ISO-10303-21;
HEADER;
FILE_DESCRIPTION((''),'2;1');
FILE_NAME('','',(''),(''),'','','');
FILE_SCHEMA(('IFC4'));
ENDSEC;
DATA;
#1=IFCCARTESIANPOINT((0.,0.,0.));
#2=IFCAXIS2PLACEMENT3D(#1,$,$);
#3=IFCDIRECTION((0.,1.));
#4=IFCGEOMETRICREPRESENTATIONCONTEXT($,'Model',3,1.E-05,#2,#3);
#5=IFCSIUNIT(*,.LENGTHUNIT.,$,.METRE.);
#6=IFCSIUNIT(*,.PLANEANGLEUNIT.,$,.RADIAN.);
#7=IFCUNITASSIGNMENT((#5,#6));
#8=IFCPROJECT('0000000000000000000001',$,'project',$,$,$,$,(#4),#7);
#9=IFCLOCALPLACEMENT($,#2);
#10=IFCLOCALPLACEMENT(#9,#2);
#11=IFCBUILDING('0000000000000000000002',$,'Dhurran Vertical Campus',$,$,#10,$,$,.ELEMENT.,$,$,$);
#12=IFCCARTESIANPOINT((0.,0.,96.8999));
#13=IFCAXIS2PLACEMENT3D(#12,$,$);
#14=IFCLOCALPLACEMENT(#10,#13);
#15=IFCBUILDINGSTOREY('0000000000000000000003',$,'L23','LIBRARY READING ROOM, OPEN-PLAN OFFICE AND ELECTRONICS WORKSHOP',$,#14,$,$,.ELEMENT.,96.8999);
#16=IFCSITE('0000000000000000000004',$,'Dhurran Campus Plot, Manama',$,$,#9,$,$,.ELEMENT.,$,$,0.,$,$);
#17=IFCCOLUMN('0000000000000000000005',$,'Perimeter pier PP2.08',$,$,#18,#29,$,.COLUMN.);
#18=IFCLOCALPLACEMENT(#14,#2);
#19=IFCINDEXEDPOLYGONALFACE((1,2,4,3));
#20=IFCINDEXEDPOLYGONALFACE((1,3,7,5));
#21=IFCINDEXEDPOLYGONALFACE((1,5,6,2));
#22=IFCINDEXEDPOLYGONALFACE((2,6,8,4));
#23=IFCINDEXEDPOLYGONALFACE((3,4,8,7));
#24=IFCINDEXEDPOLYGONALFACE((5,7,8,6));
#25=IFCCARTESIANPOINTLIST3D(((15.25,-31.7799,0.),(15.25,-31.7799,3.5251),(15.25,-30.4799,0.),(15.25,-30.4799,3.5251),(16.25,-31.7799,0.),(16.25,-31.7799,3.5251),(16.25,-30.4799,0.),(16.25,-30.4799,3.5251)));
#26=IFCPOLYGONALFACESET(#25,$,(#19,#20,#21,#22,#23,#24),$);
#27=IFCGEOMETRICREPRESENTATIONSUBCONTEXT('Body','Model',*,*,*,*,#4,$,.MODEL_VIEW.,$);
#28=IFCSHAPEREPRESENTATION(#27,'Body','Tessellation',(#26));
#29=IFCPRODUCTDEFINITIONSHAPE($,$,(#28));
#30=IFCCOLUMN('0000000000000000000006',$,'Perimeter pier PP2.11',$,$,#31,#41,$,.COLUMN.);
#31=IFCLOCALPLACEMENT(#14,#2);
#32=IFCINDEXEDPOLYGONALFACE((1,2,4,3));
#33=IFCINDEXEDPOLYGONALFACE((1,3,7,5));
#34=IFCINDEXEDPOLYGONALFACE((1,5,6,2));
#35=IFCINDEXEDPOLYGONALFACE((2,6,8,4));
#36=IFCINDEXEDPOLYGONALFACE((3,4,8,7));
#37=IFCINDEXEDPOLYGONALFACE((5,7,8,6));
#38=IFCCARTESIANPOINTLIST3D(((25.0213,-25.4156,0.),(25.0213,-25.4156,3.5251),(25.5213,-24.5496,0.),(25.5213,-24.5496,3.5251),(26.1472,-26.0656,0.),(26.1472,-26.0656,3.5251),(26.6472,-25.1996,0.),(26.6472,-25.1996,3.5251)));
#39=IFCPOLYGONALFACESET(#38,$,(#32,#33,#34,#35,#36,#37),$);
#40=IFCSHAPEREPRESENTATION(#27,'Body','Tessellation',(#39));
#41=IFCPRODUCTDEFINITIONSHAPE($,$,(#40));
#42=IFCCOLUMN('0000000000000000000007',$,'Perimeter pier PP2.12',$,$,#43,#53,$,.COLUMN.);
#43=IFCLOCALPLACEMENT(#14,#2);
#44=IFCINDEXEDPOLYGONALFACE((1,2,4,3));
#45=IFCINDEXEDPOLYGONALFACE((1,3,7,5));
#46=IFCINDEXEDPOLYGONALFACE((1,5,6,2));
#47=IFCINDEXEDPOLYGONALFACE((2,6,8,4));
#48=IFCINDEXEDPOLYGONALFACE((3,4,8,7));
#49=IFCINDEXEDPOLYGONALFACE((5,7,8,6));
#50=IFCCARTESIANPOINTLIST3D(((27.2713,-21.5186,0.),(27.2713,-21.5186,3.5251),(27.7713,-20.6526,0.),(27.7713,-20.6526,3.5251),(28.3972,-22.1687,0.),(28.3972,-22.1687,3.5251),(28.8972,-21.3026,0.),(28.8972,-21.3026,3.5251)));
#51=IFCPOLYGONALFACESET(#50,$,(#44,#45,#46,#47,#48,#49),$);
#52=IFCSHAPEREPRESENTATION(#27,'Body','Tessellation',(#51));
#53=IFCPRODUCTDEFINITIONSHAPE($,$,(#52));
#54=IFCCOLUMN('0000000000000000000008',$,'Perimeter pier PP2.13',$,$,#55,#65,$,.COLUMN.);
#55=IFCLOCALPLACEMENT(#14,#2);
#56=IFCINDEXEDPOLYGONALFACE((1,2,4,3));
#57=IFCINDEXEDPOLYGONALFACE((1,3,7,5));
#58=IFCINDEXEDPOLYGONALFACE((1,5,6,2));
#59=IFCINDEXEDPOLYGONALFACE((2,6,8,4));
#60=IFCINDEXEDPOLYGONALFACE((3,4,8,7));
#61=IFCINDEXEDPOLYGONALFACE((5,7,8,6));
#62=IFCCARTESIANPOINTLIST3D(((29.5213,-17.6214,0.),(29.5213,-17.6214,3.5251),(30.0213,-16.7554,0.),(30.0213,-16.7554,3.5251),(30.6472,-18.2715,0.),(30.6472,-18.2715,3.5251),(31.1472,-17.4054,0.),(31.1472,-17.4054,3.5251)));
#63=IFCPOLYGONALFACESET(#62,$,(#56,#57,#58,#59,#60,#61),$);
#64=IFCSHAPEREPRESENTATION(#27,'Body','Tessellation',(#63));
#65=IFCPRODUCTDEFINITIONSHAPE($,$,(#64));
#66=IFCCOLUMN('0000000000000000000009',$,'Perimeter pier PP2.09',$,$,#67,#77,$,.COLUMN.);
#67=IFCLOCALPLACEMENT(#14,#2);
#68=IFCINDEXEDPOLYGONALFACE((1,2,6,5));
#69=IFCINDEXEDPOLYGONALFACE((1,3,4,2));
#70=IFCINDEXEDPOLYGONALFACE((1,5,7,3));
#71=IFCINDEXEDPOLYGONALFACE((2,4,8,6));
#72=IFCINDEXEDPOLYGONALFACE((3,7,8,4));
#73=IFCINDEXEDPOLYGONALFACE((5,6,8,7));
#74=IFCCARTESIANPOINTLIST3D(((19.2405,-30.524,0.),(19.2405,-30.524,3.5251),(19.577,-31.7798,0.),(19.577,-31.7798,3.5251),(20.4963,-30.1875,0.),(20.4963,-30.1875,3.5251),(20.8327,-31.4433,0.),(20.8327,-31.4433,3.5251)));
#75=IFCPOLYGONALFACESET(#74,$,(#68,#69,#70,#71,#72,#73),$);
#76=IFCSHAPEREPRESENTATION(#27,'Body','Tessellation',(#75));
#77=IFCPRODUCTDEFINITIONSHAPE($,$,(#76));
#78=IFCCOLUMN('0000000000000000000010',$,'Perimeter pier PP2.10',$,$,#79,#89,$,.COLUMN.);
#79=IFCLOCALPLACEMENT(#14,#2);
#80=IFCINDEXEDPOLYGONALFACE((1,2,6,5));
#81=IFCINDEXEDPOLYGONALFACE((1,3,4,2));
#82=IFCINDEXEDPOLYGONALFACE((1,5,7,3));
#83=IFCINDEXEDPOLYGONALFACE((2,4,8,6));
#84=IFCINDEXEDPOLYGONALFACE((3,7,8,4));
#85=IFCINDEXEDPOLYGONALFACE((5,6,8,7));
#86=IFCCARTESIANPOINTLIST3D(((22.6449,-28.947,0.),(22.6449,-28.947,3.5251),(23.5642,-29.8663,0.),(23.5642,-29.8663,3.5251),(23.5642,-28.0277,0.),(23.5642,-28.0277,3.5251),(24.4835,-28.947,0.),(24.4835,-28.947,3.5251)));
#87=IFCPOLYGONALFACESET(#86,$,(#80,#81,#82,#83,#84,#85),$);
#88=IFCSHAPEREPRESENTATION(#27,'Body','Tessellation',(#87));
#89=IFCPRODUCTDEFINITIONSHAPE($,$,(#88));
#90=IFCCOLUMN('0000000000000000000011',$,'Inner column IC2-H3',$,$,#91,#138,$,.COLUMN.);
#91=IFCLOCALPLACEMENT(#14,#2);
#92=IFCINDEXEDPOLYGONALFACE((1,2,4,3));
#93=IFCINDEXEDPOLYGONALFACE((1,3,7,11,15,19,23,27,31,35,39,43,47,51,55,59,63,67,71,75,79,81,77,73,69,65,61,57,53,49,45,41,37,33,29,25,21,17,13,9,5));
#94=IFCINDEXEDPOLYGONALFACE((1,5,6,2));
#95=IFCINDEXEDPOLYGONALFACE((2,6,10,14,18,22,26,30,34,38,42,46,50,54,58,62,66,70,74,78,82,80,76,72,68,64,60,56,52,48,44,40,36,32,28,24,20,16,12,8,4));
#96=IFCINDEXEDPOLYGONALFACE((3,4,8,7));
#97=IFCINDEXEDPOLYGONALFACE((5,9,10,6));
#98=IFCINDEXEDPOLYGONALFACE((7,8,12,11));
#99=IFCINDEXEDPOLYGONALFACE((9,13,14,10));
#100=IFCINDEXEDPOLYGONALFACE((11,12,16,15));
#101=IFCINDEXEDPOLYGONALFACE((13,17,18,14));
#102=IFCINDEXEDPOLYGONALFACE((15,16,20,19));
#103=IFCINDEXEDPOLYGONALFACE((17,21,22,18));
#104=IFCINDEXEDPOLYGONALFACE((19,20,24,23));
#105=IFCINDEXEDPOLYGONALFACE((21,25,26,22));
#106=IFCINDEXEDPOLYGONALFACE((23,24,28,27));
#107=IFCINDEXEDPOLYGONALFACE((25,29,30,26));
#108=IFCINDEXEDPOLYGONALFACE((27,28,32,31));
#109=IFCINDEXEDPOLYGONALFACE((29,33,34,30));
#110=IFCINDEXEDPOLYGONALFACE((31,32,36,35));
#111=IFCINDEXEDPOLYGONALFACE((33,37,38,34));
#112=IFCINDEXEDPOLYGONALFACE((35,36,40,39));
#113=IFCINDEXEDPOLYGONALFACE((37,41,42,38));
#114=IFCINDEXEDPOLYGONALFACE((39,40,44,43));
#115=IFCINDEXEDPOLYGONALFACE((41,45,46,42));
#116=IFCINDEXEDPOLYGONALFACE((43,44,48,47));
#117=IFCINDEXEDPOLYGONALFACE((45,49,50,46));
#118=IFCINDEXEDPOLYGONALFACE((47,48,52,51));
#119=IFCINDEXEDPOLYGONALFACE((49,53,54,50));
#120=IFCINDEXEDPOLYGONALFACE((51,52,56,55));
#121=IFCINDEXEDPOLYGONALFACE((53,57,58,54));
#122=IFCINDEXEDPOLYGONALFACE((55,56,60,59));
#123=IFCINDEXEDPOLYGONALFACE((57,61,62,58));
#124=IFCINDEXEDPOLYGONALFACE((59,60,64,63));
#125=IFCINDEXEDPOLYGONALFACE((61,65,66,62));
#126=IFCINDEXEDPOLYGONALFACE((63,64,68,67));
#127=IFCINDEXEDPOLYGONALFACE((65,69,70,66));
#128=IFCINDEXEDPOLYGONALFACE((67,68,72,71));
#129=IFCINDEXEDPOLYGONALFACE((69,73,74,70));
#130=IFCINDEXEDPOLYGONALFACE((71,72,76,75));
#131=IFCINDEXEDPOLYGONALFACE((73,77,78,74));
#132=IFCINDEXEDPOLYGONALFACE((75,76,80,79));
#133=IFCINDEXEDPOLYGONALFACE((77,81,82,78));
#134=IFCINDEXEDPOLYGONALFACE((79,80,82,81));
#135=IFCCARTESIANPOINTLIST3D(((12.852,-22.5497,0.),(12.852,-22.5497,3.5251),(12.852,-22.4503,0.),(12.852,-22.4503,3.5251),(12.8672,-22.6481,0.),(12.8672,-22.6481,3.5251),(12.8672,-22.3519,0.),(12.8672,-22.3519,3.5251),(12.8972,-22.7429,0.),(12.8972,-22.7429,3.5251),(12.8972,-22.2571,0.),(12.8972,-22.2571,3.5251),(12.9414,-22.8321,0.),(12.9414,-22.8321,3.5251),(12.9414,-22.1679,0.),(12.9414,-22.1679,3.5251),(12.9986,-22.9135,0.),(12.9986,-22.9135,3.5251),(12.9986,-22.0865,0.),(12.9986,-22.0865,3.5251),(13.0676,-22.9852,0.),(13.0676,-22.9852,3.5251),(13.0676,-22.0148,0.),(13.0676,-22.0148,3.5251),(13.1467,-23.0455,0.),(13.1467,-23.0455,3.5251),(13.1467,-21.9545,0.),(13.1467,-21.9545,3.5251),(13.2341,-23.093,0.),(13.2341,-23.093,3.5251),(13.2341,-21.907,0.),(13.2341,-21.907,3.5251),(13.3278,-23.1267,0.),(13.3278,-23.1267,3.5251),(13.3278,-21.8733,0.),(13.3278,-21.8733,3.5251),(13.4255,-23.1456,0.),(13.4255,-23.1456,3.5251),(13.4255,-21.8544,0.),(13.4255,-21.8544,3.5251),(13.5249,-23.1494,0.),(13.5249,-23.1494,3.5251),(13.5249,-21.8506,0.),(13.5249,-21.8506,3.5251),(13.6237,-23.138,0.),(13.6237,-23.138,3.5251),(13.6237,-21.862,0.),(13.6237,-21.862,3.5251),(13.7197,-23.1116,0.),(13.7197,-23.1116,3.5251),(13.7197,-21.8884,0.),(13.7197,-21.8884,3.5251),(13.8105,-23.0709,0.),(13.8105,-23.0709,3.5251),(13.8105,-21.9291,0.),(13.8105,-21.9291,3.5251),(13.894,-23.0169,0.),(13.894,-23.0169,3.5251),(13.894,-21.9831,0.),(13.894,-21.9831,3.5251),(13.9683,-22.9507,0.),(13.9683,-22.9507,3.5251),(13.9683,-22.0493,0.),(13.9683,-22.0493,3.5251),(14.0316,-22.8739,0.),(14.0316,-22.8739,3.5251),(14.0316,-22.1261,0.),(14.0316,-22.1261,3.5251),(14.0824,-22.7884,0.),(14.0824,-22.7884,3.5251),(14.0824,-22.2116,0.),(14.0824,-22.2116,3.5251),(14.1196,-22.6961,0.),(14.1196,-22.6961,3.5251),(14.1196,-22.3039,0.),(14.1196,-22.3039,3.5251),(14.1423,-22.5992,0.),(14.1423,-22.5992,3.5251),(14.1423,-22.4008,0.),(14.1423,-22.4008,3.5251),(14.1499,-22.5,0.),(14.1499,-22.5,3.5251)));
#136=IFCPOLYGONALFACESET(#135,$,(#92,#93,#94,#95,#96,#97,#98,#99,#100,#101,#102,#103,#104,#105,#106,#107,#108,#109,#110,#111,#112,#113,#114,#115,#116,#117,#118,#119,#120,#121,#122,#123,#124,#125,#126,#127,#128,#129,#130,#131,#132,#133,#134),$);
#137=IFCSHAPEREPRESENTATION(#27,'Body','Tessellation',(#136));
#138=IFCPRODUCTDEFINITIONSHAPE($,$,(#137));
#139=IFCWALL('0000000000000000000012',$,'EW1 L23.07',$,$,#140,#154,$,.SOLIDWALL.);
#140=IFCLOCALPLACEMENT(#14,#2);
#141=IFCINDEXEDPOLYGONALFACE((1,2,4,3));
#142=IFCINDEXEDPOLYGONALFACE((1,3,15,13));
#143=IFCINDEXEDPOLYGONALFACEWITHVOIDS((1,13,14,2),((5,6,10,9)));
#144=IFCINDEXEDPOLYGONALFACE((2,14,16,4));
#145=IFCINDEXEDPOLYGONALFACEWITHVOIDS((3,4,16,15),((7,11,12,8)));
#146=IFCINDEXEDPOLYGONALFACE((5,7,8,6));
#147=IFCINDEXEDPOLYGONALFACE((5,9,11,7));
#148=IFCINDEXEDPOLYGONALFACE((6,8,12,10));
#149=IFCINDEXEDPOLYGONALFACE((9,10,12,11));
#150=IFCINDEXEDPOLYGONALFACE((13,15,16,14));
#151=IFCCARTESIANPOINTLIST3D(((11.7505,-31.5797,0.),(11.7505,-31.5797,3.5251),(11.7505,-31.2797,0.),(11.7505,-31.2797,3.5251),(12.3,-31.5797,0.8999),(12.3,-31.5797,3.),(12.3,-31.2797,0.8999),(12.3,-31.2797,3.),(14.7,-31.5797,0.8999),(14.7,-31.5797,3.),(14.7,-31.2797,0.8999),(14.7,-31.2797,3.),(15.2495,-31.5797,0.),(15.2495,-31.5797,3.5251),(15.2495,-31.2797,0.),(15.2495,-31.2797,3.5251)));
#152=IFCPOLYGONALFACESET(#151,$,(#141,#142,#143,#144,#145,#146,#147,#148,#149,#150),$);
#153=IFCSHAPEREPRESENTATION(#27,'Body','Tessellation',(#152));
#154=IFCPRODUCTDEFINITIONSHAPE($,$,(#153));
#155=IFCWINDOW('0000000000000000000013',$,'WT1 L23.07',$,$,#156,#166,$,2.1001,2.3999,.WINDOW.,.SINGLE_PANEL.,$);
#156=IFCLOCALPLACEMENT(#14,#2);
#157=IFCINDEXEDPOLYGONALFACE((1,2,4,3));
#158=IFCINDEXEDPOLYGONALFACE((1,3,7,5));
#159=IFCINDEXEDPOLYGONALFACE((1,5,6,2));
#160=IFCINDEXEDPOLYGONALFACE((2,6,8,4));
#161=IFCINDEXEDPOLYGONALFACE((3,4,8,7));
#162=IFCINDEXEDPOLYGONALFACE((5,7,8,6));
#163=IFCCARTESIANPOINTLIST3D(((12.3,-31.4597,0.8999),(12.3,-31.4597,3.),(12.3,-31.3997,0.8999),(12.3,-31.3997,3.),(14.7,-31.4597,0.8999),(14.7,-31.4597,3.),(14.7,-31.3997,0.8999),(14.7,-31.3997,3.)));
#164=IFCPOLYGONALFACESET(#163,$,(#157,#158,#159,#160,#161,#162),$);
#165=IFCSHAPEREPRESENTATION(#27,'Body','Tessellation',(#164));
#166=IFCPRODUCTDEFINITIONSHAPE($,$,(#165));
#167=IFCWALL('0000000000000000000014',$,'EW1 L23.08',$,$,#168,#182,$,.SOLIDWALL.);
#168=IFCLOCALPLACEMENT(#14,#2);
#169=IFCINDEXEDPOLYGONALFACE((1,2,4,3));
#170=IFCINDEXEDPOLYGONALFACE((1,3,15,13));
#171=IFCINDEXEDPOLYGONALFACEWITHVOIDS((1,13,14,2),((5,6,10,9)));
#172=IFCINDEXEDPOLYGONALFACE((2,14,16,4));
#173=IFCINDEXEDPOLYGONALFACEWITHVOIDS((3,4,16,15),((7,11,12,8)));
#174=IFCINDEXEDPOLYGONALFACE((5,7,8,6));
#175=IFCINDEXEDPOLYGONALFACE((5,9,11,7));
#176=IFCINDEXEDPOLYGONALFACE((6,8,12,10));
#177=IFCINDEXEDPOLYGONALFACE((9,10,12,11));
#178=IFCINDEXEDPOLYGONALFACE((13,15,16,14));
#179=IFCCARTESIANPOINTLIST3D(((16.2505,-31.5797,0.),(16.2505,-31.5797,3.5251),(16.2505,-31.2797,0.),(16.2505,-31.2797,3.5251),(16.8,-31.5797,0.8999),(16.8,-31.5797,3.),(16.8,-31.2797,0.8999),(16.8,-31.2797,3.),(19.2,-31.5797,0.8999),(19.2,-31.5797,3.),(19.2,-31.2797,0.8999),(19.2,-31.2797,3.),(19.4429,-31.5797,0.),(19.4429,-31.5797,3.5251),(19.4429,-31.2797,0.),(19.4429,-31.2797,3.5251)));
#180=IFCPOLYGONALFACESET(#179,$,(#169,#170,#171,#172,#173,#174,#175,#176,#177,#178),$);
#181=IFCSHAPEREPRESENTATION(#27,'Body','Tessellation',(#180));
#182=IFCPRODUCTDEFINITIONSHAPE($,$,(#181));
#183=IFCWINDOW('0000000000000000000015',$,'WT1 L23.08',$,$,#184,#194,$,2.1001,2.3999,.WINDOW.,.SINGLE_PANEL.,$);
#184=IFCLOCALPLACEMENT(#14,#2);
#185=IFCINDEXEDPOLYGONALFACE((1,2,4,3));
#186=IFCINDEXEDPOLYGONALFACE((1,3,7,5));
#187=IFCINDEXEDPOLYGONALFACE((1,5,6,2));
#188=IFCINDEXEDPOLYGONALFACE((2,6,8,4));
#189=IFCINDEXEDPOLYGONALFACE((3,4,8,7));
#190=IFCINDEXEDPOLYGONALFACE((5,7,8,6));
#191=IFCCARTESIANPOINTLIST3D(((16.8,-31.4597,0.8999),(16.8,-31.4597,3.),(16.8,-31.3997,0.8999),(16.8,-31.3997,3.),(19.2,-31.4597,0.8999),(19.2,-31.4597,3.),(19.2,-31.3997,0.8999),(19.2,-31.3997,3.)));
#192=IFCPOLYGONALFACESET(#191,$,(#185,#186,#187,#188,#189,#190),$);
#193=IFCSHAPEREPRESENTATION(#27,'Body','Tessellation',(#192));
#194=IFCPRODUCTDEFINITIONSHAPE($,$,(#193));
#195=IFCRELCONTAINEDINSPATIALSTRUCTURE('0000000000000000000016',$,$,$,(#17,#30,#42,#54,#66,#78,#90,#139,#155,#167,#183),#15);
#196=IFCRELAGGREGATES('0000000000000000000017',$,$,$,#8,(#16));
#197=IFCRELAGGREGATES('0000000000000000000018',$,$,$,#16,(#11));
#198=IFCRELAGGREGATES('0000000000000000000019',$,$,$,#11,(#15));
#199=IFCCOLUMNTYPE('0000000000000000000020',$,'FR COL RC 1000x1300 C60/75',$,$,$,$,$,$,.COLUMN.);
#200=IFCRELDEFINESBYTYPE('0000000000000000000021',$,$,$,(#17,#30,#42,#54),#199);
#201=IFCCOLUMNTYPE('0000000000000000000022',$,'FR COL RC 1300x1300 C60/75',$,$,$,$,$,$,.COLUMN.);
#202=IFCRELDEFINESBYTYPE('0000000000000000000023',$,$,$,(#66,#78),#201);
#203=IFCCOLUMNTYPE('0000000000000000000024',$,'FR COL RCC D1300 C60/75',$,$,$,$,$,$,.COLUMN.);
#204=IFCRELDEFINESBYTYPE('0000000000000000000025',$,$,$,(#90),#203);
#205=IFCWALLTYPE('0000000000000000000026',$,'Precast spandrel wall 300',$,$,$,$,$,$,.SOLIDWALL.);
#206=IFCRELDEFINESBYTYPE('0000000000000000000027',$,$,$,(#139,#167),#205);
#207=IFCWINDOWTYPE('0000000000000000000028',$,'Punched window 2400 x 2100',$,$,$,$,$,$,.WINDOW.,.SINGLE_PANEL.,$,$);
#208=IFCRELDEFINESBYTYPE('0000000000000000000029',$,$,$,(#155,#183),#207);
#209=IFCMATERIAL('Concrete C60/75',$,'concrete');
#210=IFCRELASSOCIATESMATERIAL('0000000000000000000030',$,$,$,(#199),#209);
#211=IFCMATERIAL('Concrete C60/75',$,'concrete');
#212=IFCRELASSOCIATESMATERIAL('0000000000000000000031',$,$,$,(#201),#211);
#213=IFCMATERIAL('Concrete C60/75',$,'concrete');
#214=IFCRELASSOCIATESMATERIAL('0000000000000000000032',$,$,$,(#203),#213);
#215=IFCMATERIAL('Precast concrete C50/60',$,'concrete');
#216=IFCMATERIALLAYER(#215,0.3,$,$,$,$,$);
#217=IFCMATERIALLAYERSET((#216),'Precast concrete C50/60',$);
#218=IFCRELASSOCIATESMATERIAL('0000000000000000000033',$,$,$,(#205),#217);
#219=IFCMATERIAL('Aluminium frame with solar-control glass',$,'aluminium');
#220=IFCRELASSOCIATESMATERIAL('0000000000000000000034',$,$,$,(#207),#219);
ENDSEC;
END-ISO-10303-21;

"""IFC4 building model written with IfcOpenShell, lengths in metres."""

from ifc_helpers import new_model, si_unit, direction, frame, frame_2d, origin, origin_2d, place, context, subcontext, project, spatial, rectangle, circle, extrude, material, layer, layer_set, material_profile, profile_set, type_object, element, fill, save


model = new_model("IFC4")

# Units and contexts
model_context = context("Model", 3, precision=1e-05, world=origin(), true_north=direction((0.0, 1.0)))
body_context = subcontext(model_context, "Body", "Model", "MODEL_VIEW")
ifc_project = project(units=[si_unit("LENGTHUNIT", "METRE"), si_unit("PLANEANGLEUNIT", "RADIAN")], contexts=[model_context])

# Site, building, storey
site_placement = place(None, origin())
site = spatial("IfcSite", under=ifc_project, at=site_placement, Name="Dhurran Campus Plot, Manama", CompositionType="ELEMENT", RefElevation=0.0)
building_placement = place(site_placement, origin())
building = spatial("IfcBuilding", under=site, at=building_placement, Name="Dhurran Vertical Campus", CompositionType="ELEMENT")
storey_placement = place(building_placement, frame((0.0, 0.0, 96.8999)))
storey = spatial("IfcBuildingStorey", under=building, at=storey_placement, Name="L23", Description="LIBRARY READING ROOM, OPEN-PLAN OFFICE AND ELECTRONICS WORKSHOP", CompositionType="ELEMENT", Elevation=96.8999)

# Columns
ifc_material_1 = material(Name="Concrete C60/75", Category="concrete")
ifc_material_profile_1 = material_profile(ifc_material_1, rectangle(XDim=1.0, YDim=1.3, at=origin_2d()), Name="RC 1000x1300")
ifc_profile_set_1 = profile_set([ifc_material_profile_1], Name="Concrete C60/75")
column_type_1 = type_object("IfcColumnType", Name="FR COL RC 1000x1300 C60/75", PredefinedType="COLUMN", material=ifc_profile_set_1)
for number, where, z_axis, x_axis, name in (
    (1, (15.75, -31.1299, 0.0), (0.0, 0.0, 1.0), (1.0, 0.0, 0.0), "Perimeter pier PP2.08"),
    (2, (25.8342, -25.3076, 0.0), (0.0, 0.0, 1.0), (0.5, 0.866025, 0.0), "Perimeter pier PP2.11"),
    (3, (28.0842, -21.4106, 0.0), (0.0, 0.0, 1.0), (0.5, 0.866025, 0.0), "Perimeter pier PP2.12"),
    (4, (30.3342, -17.5134, 0.0), (0.0, 0.0, 1.0), (0.5, 0.866025, 0.0), "Perimeter pier PP2.13"),
):
    element("IfcColumn", number, at=place(storey_placement, frame(where, z_axis=z_axis, x_axis=x_axis)), inside=storey, type_object=column_type_1, Name=name, PredefinedType="COLUMN", context=body_context, shape_type="SweptSolid", body=[
        extrude(rectangle(XDim=1.0, YDim=1.3, at=origin_2d()), origin(), (0.0, 0.0, 1.0), 3.5251),
    ])
ifc_material_2 = material(Name="Concrete C60/75", Category="concrete")
ifc_material_profile_2 = material_profile(ifc_material_2, rectangle(XDim=1.3, YDim=1.3, at=origin_2d()), Name="RC 1300x1300")
ifc_profile_set_2 = profile_set([ifc_material_profile_2], Name="Concrete C60/75")
column_type_2 = type_object("IfcColumnType", Name="FR COL RC 1300x1300 C60/75", PredefinedType="COLUMN", material=ifc_profile_set_2)
for number, where, z_axis, x_axis, name in (
    (5, (20.0366, -30.9836, 0.0), (0.0, 0.0, 1.0), (0.965926, 0.258819, 0.0), "Perimeter pier PP2.09"),
    (6, (23.5642, -28.947, 0.0), (0.0, 0.0, 1.0), (0.707107, 0.707107, 0.0), "Perimeter pier PP2.10"),
):
    element("IfcColumn", number, at=place(storey_placement, frame(where, z_axis=z_axis, x_axis=x_axis)), inside=storey, type_object=column_type_2, Name=name, PredefinedType="COLUMN", context=body_context, shape_type="SweptSolid", body=[
        extrude(rectangle(XDim=1.3, YDim=1.3, at=origin_2d()), origin(), (0.0, 0.0, 1.0), 3.5251),
    ])
ifc_material_3 = material(Name="Concrete C60/75", Category="concrete")
ifc_material_profile_3 = material_profile(ifc_material_3, circle(Radius=0.6499, at=origin_2d()), Name="RCC D1300")
ifc_profile_set_3 = profile_set([ifc_material_profile_3], Name="Concrete C60/75")
column_type_3 = type_object("IfcColumnType", Name="FR COL RCC D1300 C60/75", PredefinedType="COLUMN", material=ifc_profile_set_3)
column_placement = place(storey_placement, frame((13.5, -22.5, 0.0), z_axis=(0.0, 0.0, 1.0), x_axis=(1.0, 0.0, 0.0)))
element("IfcColumn", 7, at=column_placement, inside=storey, type_object=column_type_3, Name="Inner column IC2-H3", PredefinedType="COLUMN", context=body_context, shape_type="SweptSolid", body=[
    extrude(circle(Radius=0.6499, at=origin_2d()), origin(), (0.0, 0.0, 1.0), 3.5251),
])

# Walls, openings, windows
ifc_material_4 = material(Name="Precast concrete C50/60", Category="concrete")
ifc_layer_1 = layer(ifc_material_4, 0.3)
ifc_layer_set_1 = layer_set([ifc_layer_1], Name="Precast concrete C50/60")
wall_type_1 = type_object("IfcWallType", Name="Precast spandrel wall 300", PredefinedType="SOLIDWALL", material=ifc_layer_set_1)
wall_1_placement = place(storey_placement, frame((11.7505, -31.4297, 0.0), z_axis=(0.0, 0.0, 1.0), x_axis=(1.0, 0.0, 0.0)))
wall_1 = element("IfcWall", 8, at=wall_1_placement, inside=storey, type_object=wall_type_1, Name="EW1 L23.07", PredefinedType="SOLIDWALL", context=body_context, shape_type="SweptSolid", body=[
    extrude(rectangle(XDim=3.499, YDim=0.3, at=frame_2d((1.7495, 0.0))), origin(), (0.0, 0.0, 1.0), 3.5251),
])
opening_1_placement = place(wall_1_placement, frame((0.5496, 0.0, 0.8999)))
opening_1 = element("IfcOpeningElement", 9, at=opening_1_placement, cuts=wall_1, PredefinedType="OPENING", context=body_context, shape_type="SweptSolid", body=[
    extrude(rectangle(XDim=2.3999, YDim=2.1001, at=frame_2d((1.2, 1.05))), frame((0.0, 0.1599, 0.0), z_axis=(0.0, -1.0, 0.0), x_axis=(1.0, 0.0, 0.0)), (0.0, 0.0, 1.0), 0.3201),
])
ifc_material_5 = material(Name="Aluminium frame with solar-control glass", Category="aluminium")
window_type = type_object("IfcWindowType", Name="Punched window 2400 x 2100", PartitioningType="SINGLE_PANEL", PredefinedType="WINDOW", material=ifc_material_5)
window_1_placement = place(opening_1_placement, origin())
window_1 = element("IfcWindow", 10, at=window_1_placement, inside=storey, type_object=window_type, Name="WT1 L23.07", OverallHeight=2.1001, OverallWidth=2.3999, PartitioningType="SINGLE_PANEL", PredefinedType="WINDOW", context=body_context, shape_type="SweptSolid", body=[
    extrude(rectangle(XDim=2.3999, YDim=2.1001, at=frame_2d((1.2, 1.05))), frame((0.0, 0.03, 0.0), z_axis=(0.0, -1.0, 0.0), x_axis=(1.0, 0.0, 0.0)), (0.0, 0.0, 1.0), 0.0601),
])
fill(opening_1, window_1)
wall_2_placement = place(storey_placement, frame((16.2505, -31.4297, 0.0), z_axis=(0.0, 0.0, 1.0), x_axis=(1.0, 0.0, 0.0)))
wall_2 = element("IfcWall", 11, at=wall_2_placement, inside=storey, type_object=wall_type_1, Name="EW1 L23.08", PredefinedType="SOLIDWALL", context=body_context, shape_type="SweptSolid", body=[
    extrude(rectangle(XDim=3.1924, YDim=0.3, at=frame_2d((1.5962, 0.0))), origin(), (0.0, 0.0, 1.0), 3.5251),
])
opening_2_placement = place(wall_2_placement, frame((0.5496, 0.0, 0.8999)))
opening_2 = element("IfcOpeningElement", 12, at=opening_2_placement, cuts=wall_2, PredefinedType="OPENING", context=body_context, shape_type="SweptSolid", body=[
    extrude(rectangle(XDim=2.3999, YDim=2.1001, at=frame_2d((1.2, 1.05))), frame((0.0, 0.1599, 0.0), z_axis=(0.0, -1.0, 0.0), x_axis=(1.0, 0.0, 0.0)), (0.0, 0.0, 1.0), 0.3201),
])
window_2_placement = place(opening_2_placement, origin())
window_2 = element("IfcWindow", 13, at=window_2_placement, inside=storey, type_object=window_type, Name="WT1 L23.08", OverallHeight=2.1001, OverallWidth=2.3999, PartitioningType="SINGLE_PANEL", PredefinedType="WINDOW", context=body_context, shape_type="SweptSolid", body=[
    extrude(rectangle(XDim=2.3999, YDim=2.1001, at=frame_2d((1.2, 1.05))), frame((0.0, 0.03, 0.0), z_axis=(0.0, -1.0, 0.0), x_axis=(1.0, 0.0, 0.0)), (0.0, 0.0, 1.0), 0.0601),
])
fill(opening_2, window_2)

save(model, "model.ifc")
